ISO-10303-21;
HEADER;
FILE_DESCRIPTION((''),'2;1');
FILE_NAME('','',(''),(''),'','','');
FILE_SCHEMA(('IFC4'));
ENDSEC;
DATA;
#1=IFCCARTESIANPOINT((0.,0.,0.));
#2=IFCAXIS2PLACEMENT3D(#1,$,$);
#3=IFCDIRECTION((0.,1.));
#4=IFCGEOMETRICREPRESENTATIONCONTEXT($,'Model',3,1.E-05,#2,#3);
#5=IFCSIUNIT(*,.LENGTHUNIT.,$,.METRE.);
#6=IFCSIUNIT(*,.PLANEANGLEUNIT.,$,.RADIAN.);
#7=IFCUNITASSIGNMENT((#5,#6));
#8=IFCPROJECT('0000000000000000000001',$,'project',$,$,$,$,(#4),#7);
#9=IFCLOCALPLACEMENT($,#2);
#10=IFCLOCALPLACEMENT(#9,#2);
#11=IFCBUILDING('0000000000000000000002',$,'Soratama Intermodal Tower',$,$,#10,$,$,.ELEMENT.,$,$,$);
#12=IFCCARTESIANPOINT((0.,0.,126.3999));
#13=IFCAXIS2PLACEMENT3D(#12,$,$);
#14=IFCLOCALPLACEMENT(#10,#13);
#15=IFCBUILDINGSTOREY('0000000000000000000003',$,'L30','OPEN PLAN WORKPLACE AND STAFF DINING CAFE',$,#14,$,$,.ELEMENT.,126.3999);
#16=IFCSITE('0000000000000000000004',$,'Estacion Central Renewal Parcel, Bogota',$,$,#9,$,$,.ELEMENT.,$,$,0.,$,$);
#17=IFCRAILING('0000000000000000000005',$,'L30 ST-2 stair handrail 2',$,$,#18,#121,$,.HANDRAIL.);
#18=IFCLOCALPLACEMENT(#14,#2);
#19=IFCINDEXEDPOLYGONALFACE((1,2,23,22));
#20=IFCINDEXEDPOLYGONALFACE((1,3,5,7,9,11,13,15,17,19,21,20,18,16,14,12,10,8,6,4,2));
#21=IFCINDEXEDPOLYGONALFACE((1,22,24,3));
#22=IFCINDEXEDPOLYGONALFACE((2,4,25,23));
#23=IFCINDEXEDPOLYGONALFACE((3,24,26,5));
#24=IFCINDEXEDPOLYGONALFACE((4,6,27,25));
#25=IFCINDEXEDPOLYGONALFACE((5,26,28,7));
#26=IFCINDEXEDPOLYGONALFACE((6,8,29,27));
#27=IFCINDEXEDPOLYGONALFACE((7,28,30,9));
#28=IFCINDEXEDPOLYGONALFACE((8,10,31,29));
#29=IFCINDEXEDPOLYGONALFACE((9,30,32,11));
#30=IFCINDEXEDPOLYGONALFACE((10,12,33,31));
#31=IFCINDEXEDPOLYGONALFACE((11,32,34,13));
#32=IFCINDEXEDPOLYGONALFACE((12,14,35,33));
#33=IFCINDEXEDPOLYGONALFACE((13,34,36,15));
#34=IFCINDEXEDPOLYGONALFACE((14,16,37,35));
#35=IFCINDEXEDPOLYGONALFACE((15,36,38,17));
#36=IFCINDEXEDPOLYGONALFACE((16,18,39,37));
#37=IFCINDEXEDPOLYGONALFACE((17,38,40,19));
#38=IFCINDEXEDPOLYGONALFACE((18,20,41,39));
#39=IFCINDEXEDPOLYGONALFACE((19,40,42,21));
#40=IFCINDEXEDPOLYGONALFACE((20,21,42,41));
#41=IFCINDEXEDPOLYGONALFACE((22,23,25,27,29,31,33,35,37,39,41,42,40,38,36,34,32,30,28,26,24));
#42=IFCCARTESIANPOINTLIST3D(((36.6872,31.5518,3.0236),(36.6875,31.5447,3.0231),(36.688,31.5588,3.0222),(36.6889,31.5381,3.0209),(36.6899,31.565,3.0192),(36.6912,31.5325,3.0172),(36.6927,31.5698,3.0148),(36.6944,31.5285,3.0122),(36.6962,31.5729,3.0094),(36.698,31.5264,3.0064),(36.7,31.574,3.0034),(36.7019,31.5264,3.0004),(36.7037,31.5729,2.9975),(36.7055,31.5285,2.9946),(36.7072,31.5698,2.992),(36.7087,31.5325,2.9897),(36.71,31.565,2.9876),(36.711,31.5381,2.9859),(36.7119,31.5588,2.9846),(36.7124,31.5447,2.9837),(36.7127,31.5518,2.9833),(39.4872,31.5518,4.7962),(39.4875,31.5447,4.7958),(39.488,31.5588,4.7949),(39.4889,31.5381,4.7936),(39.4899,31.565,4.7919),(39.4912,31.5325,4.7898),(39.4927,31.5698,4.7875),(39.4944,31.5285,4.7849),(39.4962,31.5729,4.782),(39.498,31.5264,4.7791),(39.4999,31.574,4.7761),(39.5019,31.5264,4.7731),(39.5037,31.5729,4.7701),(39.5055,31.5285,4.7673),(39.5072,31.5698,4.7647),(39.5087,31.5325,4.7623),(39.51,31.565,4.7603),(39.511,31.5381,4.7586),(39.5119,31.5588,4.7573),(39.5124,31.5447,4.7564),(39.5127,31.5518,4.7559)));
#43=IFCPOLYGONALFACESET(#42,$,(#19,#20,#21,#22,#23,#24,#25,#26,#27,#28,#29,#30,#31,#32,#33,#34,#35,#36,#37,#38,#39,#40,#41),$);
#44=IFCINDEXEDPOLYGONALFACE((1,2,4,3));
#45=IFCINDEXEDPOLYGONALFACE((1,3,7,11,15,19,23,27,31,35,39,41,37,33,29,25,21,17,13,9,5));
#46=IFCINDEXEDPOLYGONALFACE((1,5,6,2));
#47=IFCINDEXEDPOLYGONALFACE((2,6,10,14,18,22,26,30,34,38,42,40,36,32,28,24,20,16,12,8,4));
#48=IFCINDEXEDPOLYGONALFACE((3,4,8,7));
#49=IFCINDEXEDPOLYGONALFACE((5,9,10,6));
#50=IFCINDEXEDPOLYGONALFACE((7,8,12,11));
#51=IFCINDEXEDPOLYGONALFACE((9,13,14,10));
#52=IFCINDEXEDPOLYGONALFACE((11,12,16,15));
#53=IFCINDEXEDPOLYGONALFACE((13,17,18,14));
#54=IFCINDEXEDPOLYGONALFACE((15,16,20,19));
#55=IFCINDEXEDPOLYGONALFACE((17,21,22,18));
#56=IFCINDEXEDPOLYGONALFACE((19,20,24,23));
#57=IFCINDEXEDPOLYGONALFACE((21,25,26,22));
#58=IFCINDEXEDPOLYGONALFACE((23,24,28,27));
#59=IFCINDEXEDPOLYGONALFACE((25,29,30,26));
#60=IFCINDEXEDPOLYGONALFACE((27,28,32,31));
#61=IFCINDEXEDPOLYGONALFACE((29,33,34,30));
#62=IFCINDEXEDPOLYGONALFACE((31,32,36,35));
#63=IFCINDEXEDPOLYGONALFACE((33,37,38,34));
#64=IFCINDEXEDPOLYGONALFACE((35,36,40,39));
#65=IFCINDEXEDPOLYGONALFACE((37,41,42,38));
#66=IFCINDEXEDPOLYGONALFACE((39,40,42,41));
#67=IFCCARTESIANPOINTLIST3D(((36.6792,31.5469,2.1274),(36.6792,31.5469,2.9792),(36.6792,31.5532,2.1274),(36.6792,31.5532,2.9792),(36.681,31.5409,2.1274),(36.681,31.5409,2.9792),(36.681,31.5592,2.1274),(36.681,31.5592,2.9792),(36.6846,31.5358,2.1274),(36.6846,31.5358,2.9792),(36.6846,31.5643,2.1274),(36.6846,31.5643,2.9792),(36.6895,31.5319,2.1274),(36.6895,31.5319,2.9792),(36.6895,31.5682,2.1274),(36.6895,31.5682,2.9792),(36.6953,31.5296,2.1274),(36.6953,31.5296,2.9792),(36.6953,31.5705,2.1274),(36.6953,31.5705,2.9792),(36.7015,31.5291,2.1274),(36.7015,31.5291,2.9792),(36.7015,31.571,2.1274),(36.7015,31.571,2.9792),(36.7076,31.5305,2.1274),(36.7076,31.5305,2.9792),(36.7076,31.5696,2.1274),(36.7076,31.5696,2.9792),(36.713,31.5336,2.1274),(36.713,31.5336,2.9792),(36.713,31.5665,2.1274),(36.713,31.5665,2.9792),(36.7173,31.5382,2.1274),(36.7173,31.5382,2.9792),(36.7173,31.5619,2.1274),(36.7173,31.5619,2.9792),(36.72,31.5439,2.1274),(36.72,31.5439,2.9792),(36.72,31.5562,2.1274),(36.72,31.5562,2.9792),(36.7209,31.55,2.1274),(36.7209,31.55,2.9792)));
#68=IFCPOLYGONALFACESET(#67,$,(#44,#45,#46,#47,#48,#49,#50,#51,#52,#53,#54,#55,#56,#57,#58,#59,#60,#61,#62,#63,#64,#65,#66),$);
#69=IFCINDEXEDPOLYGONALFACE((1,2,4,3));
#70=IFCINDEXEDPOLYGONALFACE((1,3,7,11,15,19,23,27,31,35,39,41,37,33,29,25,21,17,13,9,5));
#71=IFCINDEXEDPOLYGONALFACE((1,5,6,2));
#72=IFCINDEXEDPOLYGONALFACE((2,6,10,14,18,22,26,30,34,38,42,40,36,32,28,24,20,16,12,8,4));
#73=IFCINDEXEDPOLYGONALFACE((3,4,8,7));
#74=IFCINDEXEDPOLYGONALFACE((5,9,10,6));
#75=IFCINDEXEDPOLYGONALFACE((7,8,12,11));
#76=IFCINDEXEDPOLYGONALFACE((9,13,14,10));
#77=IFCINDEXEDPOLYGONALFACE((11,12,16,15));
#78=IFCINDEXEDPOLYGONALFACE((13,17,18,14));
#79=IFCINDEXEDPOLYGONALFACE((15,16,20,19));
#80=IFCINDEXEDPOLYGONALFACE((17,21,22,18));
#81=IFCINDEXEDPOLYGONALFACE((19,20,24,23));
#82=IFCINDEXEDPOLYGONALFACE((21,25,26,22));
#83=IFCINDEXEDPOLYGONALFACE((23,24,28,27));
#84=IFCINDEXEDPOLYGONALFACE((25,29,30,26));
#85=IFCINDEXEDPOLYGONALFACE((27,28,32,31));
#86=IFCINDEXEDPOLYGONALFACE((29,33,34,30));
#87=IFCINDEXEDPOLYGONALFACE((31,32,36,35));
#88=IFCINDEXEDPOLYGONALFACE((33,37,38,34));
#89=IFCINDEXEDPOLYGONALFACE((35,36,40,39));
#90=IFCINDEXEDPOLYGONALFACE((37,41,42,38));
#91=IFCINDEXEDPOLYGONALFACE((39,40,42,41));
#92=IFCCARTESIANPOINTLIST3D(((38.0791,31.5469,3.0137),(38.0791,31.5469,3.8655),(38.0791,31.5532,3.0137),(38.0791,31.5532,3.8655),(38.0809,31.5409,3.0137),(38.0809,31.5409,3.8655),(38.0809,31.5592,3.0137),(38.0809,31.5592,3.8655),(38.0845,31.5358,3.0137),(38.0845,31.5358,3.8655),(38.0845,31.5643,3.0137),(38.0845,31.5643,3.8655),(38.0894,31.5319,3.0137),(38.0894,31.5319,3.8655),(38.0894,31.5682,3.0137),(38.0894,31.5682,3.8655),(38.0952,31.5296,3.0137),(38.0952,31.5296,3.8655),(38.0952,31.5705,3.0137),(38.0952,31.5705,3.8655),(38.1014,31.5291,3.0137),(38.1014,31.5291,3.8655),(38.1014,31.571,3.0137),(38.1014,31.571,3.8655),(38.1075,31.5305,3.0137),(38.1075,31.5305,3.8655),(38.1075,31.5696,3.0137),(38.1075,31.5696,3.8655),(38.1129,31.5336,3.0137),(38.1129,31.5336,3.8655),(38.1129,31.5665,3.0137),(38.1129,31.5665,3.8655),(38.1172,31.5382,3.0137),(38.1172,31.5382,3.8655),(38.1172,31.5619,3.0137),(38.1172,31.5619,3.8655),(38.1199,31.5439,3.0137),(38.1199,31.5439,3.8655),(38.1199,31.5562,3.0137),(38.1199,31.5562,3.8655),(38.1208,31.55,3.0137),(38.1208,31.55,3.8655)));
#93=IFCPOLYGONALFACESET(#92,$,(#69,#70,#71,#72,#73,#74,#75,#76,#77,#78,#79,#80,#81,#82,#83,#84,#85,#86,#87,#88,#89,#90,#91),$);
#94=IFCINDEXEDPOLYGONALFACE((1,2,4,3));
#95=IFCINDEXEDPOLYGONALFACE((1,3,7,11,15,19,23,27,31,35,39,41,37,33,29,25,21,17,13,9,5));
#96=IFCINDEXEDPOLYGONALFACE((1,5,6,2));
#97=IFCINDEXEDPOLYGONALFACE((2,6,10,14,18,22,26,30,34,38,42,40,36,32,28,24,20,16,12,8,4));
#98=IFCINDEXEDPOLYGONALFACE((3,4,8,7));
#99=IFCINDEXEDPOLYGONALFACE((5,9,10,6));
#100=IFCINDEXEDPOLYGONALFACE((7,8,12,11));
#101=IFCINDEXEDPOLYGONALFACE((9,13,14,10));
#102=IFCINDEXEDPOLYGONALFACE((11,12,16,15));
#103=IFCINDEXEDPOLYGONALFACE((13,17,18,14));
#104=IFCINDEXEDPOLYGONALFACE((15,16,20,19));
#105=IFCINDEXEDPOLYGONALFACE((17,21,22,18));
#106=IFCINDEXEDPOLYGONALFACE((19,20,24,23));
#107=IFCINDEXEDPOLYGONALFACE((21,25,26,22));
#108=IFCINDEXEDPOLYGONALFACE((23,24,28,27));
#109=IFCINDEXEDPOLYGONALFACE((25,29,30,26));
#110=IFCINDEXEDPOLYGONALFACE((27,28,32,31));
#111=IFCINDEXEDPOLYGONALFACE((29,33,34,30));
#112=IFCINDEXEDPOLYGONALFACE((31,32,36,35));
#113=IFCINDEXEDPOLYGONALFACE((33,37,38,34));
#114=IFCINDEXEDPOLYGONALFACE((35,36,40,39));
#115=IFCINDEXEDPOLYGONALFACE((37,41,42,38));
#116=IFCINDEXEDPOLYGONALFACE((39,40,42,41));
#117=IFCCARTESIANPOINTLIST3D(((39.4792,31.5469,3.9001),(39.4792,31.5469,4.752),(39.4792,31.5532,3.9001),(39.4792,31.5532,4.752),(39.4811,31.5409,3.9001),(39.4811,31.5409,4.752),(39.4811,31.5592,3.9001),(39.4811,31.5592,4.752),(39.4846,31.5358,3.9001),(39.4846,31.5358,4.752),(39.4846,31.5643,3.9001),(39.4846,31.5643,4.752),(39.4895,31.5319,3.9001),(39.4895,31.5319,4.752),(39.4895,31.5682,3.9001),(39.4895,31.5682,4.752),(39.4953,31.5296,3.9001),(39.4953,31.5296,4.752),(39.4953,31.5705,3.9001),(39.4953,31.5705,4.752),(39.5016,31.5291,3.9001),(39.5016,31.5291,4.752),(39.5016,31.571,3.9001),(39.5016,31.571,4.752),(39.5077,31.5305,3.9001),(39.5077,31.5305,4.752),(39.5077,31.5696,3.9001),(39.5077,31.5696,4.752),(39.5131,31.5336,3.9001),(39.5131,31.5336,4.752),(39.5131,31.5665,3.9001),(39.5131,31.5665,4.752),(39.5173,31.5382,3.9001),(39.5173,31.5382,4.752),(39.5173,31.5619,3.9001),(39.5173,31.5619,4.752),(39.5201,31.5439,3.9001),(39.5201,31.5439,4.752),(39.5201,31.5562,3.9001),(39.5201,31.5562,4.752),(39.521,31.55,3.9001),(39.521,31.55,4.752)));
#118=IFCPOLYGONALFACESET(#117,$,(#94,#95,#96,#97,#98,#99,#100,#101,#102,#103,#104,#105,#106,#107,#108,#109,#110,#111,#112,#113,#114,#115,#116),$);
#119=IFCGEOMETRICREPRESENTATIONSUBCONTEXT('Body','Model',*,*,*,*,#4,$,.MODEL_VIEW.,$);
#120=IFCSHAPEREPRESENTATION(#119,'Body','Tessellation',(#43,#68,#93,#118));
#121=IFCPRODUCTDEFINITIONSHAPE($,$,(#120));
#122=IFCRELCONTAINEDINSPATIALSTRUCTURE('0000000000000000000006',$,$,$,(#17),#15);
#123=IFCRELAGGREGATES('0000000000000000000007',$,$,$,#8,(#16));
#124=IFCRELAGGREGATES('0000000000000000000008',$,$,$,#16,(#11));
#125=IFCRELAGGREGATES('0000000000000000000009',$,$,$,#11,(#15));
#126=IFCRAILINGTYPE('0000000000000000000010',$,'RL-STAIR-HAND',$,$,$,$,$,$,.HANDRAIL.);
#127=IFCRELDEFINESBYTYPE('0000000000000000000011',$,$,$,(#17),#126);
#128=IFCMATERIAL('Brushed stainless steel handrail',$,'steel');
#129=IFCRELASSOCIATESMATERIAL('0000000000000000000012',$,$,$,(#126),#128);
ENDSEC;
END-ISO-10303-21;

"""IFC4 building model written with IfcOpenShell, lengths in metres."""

from ifc_helpers import new_model, si_unit, direction, frame, origin, origin_2d, place, context, subcontext, project, spatial, circle, extrude, material, type_object, element, save


model = new_model("IFC4")

# Units and contexts
model_context = context("Model", 3, precision=1e-05, world=origin(), true_north=direction((0.0, 1.0)))
body_context = subcontext(model_context, "Body", "Model", "MODEL_VIEW")
ifc_project = project(units=[si_unit("LENGTHUNIT", "METRE"), si_unit("PLANEANGLEUNIT", "RADIAN")], contexts=[model_context])

# Site, building, storey
site_placement = place(None, origin())
site = spatial("IfcSite", under=ifc_project, at=site_placement, Name="Estacion Central Renewal Parcel, Bogota", CompositionType="ELEMENT", RefElevation=0.0)
building_placement = place(site_placement, origin())
building = spatial("IfcBuilding", under=site, at=building_placement, Name="Soratama Intermodal Tower", CompositionType="ELEMENT")
storey_placement = place(building_placement, frame((0.0, 0.0, 126.3999)))
storey = spatial("IfcBuildingStorey", under=building, at=storey_placement, Name="L30", Description="OPEN PLAN WORKPLACE AND STAFF DINING CAFE", CompositionType="ELEMENT", Elevation=126.3999)

# Railing
ifc_material_1 = material(Name="Brushed stainless steel handrail", Category="steel")
railing_type_1 = type_object("IfcRailingType", Name="RL-STAIR-HAND", PredefinedType="HANDRAIL", material=ifc_material_1)
railing_1_placement = place(storey_placement, frame((36.7, 31.55, 2.1274)))
element("IfcRailing", 1, at=railing_1_placement, inside=storey, type_object=railing_type_1, Name="L30 ST-2 stair handrail 2", PredefinedType="HANDRAIL", context=body_context, shape_type="SweptSolid", body=[
    extrude(circle(Radius=0.0239, at=origin_2d()), frame((0.0, 0.0, 0.876), z_axis=(0.844909, 0.0, 0.53491), x_axis=(0.0, 1.0, 0.0)), (0.0, 0.0, 1.0), 3.314),
    extrude(circle(Radius=0.021, at=origin_2d()), origin(), (0.0, 0.0, 1.0), 0.8518),
    extrude(circle(Radius=0.021, at=origin_2d()), frame((1.3999, 0.0, 0.8862)), (0.0, 0.0, 1.0), 0.8518),
    extrude(circle(Radius=0.021, at=origin_2d()), frame((2.8, 0.0, 1.7727)), (0.0, 0.0, 1.0), 0.8518),
])

save(model, "model.ifc")
